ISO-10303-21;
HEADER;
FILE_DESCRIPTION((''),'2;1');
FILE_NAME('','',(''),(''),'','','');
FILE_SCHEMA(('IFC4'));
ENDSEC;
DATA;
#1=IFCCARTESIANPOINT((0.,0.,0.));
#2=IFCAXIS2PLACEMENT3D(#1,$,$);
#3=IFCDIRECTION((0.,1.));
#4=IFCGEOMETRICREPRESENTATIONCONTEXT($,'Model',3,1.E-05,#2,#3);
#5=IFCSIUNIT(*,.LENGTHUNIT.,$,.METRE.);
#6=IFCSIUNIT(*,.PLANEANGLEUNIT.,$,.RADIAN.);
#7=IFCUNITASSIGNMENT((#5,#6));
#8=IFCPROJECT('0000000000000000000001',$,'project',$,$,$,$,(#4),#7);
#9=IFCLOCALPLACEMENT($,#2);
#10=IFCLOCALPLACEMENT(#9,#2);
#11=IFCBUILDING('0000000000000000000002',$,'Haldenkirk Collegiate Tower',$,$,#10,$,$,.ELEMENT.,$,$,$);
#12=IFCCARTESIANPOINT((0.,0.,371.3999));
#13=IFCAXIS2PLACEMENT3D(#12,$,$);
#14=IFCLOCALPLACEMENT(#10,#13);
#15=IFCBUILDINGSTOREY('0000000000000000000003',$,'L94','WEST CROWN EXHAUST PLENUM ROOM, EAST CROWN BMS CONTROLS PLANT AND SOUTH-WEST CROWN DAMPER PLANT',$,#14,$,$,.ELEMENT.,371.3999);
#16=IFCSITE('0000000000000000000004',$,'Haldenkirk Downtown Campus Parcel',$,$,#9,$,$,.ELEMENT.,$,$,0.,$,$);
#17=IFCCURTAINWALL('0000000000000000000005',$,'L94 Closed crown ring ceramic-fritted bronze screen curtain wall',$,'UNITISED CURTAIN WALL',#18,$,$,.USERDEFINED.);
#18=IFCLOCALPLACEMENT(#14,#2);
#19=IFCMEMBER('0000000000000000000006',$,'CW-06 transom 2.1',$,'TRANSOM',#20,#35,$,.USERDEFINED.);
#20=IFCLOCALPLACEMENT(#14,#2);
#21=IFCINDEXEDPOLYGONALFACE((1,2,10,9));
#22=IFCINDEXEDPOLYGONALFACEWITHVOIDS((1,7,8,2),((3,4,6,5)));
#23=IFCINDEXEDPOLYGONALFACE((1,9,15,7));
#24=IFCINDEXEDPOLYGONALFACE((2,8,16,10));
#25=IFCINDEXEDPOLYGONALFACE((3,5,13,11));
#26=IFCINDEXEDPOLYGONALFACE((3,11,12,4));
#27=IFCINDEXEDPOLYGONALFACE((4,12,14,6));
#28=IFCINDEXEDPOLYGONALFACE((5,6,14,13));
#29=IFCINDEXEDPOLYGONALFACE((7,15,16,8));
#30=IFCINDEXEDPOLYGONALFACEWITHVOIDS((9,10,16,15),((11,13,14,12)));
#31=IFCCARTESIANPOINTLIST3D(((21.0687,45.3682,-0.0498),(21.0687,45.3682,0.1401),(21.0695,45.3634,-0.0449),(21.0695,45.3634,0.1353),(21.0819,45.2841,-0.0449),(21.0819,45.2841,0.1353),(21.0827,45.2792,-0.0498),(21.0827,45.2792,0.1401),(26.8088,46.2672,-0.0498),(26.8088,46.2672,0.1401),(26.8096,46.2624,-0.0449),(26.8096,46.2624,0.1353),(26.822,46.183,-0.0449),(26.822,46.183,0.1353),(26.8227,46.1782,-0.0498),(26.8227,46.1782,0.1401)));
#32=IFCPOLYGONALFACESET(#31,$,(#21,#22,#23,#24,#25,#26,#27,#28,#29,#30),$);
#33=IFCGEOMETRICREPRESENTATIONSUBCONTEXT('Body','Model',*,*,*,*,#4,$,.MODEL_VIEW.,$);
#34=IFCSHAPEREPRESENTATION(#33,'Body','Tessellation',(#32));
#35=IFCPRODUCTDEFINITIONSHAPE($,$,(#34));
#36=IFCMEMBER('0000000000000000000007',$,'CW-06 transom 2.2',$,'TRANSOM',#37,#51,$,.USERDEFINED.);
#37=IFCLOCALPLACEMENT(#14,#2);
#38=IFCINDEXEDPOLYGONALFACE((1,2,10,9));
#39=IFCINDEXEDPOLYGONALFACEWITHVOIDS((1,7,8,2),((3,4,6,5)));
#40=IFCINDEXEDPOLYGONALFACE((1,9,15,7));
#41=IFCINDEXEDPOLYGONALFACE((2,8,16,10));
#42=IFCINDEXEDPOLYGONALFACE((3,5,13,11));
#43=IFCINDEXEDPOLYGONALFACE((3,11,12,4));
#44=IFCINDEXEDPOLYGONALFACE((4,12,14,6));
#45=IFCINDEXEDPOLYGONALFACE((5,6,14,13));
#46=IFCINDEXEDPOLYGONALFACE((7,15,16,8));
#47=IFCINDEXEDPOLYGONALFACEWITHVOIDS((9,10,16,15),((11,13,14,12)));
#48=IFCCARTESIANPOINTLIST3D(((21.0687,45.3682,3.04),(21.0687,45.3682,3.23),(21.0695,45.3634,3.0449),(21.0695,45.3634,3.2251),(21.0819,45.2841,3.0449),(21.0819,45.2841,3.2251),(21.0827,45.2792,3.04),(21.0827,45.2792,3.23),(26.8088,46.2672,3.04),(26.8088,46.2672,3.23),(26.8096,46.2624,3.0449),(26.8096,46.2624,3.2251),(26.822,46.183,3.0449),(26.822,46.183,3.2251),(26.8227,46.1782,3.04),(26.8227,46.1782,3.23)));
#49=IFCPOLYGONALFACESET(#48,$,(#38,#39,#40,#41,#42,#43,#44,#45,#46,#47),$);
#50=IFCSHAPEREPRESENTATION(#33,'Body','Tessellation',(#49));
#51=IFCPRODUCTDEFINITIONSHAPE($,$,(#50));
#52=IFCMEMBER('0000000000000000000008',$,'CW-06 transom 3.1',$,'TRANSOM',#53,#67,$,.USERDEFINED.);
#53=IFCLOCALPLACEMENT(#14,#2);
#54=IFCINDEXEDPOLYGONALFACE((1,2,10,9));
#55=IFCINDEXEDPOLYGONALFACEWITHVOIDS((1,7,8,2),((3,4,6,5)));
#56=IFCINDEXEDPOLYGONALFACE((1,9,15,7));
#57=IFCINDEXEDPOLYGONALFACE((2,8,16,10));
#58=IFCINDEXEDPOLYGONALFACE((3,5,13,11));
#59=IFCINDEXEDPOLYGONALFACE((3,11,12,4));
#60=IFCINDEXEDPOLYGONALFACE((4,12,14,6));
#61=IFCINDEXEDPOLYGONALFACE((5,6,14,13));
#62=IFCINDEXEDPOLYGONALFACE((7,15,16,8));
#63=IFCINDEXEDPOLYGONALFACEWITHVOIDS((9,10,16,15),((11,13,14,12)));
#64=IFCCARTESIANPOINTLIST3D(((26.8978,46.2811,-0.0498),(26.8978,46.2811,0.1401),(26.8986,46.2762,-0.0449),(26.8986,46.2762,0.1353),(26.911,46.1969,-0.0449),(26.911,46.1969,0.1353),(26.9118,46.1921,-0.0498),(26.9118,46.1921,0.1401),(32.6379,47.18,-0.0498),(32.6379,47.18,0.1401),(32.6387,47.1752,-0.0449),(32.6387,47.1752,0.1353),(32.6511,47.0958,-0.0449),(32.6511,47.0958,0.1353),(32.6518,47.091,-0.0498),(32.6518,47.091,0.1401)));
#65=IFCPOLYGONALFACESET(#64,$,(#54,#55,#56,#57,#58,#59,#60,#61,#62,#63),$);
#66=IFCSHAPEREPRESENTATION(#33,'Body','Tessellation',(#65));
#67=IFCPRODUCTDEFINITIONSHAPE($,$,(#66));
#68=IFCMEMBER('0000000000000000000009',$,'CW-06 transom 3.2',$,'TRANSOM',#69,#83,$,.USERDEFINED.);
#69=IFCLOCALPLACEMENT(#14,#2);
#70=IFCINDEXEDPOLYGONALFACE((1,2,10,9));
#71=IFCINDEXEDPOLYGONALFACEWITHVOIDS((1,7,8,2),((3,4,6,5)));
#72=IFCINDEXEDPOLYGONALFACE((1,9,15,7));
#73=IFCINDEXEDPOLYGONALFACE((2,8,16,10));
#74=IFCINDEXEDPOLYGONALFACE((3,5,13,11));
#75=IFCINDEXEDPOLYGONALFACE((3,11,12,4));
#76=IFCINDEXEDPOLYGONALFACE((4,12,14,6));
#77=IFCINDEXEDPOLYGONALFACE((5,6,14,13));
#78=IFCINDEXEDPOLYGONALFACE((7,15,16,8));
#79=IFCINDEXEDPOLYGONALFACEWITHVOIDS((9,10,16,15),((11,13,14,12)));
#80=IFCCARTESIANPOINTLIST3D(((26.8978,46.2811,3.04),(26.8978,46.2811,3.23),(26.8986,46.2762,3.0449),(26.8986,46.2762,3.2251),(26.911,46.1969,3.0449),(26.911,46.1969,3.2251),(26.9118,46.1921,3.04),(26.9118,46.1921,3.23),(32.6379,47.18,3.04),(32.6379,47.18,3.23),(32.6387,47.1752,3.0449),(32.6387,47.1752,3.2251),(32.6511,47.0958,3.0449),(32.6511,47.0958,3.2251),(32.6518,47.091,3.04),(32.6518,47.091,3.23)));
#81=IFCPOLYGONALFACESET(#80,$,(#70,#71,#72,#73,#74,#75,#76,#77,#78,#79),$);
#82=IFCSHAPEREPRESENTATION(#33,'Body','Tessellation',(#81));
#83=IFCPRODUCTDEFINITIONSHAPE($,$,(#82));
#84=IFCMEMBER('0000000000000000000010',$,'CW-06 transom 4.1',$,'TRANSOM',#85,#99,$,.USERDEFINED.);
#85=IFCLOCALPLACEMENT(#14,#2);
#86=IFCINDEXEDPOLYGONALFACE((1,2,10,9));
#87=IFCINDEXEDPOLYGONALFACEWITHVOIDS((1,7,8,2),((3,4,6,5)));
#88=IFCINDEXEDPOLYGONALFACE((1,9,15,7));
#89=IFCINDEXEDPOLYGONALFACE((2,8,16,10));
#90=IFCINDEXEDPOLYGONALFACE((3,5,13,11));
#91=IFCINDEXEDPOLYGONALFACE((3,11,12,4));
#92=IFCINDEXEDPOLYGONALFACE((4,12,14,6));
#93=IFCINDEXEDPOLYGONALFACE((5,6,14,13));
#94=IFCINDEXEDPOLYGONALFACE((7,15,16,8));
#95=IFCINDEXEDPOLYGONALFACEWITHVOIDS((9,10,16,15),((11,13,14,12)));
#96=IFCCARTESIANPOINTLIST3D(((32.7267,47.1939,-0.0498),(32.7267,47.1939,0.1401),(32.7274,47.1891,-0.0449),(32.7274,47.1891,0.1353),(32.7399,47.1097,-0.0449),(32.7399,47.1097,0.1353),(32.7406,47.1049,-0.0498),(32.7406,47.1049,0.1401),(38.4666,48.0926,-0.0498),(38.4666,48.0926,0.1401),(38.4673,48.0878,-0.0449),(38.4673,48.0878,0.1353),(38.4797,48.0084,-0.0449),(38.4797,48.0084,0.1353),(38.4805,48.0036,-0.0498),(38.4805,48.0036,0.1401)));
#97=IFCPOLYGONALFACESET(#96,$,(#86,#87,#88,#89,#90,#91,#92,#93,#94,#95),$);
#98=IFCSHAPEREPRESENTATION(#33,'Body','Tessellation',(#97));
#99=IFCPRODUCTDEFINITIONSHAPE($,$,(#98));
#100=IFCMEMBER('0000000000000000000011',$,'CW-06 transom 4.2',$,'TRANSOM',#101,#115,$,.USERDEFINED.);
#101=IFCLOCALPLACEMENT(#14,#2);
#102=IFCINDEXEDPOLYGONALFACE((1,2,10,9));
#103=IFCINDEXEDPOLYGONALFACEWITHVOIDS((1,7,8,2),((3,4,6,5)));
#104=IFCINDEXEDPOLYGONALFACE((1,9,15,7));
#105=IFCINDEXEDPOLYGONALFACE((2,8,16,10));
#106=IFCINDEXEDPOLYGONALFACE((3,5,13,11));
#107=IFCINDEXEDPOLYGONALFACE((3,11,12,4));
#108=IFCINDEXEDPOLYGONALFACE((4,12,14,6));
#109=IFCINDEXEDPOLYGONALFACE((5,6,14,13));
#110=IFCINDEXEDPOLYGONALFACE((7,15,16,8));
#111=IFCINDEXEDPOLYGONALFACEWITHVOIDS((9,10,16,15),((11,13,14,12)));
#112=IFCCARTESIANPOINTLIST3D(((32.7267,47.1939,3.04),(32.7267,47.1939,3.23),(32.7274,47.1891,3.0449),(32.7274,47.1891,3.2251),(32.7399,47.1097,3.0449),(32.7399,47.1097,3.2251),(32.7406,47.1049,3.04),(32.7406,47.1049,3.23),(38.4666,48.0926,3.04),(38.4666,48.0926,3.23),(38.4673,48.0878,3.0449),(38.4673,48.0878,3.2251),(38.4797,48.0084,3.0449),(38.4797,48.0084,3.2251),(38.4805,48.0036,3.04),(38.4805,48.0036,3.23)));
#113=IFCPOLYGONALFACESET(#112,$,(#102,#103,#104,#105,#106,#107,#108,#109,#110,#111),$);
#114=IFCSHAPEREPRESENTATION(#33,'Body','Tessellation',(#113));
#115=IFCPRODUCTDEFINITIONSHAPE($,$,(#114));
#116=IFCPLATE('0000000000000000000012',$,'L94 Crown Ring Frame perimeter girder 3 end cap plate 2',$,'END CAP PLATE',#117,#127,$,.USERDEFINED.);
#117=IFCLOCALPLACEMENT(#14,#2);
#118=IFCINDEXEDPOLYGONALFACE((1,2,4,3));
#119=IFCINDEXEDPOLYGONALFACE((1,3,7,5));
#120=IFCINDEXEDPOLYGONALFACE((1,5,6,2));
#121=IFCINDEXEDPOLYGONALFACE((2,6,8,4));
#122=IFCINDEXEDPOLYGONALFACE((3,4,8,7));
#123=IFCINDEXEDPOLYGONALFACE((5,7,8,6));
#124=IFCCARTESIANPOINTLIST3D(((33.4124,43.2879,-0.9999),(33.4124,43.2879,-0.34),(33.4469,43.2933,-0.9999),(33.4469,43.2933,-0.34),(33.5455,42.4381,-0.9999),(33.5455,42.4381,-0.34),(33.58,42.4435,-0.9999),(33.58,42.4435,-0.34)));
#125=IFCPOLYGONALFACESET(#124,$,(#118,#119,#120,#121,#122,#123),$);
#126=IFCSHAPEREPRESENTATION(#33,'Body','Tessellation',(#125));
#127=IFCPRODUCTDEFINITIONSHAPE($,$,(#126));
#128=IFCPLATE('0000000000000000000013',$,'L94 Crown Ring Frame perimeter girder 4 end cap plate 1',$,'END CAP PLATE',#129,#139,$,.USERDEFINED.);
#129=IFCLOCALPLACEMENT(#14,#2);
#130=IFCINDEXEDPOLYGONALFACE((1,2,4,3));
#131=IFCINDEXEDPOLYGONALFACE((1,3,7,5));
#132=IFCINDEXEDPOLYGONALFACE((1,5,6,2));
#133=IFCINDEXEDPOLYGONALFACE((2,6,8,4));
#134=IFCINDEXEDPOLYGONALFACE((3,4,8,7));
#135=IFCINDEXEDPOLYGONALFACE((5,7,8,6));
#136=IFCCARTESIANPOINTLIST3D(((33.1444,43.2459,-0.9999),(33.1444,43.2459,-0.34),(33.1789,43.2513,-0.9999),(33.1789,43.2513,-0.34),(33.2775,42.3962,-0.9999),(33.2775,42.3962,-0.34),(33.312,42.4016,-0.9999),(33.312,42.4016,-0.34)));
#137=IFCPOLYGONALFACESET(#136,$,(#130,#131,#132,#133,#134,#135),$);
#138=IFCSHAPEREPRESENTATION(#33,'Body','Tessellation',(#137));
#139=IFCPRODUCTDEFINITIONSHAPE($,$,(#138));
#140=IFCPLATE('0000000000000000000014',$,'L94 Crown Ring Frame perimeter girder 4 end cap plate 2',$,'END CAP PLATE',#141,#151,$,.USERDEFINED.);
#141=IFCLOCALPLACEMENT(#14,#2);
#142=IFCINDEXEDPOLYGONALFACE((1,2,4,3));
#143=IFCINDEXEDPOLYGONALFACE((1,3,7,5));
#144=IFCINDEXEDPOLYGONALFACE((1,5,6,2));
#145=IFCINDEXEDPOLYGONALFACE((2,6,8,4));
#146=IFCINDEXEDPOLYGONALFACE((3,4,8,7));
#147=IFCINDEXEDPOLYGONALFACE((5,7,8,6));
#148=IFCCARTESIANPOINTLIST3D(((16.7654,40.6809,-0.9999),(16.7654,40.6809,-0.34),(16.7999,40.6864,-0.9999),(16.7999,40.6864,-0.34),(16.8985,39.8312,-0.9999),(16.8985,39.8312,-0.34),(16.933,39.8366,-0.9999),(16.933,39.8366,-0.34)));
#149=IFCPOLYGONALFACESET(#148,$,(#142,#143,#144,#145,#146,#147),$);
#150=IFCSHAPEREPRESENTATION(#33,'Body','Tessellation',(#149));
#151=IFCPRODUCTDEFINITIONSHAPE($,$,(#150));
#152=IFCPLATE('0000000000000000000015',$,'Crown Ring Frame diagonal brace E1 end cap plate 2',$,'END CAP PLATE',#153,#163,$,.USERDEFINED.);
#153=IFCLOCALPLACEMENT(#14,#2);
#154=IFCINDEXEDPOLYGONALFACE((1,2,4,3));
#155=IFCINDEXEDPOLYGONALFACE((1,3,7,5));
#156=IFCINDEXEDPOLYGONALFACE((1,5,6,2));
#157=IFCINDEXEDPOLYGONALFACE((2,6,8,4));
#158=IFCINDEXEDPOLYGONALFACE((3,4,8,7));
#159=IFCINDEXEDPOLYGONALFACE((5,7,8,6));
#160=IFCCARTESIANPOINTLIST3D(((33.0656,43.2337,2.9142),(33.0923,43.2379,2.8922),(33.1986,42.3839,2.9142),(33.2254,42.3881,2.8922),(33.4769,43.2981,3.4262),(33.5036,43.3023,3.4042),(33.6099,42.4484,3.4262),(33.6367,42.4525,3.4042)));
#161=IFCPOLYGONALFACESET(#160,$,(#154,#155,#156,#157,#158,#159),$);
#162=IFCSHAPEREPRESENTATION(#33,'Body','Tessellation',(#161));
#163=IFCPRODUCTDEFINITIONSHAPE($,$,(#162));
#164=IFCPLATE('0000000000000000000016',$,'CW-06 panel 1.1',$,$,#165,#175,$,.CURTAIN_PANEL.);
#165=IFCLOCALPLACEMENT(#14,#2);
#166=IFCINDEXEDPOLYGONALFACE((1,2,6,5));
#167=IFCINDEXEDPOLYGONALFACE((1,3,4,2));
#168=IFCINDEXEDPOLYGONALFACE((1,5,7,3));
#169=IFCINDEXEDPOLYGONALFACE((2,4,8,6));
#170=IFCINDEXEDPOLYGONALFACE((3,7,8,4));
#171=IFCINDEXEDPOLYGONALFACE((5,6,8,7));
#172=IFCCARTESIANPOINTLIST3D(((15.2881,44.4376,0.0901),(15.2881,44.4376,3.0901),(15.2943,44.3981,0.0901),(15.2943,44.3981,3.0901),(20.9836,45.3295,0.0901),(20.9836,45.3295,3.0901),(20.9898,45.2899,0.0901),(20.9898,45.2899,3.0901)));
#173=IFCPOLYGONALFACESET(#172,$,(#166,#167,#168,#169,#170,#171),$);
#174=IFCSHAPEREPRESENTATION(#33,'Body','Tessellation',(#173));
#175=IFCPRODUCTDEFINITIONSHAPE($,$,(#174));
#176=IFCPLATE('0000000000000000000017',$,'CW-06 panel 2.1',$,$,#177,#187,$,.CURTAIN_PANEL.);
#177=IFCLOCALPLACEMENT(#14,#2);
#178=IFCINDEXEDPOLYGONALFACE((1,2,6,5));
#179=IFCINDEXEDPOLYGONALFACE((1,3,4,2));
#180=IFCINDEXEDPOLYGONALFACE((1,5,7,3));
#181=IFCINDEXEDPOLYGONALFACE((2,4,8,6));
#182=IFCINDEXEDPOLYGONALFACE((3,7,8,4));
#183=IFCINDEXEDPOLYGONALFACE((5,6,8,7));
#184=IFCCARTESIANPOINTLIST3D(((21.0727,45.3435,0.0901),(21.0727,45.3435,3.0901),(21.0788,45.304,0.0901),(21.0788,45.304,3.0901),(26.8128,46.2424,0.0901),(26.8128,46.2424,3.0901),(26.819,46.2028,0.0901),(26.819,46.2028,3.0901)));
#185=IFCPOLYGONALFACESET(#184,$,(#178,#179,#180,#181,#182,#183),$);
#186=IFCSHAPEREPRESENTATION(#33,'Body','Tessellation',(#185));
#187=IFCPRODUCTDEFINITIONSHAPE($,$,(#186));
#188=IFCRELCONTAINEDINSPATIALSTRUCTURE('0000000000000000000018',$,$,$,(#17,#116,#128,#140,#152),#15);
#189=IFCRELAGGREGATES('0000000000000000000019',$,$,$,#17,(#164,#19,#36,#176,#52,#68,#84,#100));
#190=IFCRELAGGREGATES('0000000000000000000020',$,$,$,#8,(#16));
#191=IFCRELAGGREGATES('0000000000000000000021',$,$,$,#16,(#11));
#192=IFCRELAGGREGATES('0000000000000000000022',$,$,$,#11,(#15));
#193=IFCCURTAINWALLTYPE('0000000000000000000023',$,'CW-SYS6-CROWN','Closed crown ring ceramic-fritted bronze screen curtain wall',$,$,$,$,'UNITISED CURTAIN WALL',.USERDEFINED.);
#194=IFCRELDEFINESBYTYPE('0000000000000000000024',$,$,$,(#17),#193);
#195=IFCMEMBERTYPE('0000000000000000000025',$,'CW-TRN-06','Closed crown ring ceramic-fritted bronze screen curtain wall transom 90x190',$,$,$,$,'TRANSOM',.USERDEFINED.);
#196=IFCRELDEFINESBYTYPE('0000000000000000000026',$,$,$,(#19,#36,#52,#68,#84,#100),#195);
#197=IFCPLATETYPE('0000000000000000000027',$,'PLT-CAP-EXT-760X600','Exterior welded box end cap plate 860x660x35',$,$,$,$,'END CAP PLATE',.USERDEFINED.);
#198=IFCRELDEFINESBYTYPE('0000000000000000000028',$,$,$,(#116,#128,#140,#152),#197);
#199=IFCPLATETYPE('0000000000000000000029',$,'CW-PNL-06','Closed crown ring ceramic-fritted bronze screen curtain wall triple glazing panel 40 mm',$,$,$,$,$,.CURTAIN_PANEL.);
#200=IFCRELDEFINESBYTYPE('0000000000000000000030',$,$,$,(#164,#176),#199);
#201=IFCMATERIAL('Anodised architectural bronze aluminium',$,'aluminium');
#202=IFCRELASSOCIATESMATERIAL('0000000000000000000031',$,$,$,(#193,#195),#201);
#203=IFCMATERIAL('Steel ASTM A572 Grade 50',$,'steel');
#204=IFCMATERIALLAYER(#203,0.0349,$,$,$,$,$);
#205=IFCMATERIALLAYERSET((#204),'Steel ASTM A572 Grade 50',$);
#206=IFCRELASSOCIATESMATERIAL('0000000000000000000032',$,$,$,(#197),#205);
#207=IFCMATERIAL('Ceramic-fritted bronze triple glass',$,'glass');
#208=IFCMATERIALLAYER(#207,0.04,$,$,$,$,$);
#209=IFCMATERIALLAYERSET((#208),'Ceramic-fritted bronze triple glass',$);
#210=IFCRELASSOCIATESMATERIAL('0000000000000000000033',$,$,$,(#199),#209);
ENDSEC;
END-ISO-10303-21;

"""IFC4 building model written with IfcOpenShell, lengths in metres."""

from ifc_helpers import new_model, si_unit, direction, frame, origin, origin_2d, place, context, subcontext, project, spatial, rectangle, hollow_rectangle, extrude, source, transform, mapped, material, layer, layer_set, material_profile, profile_set, type_object, element, aggregate, save


model = new_model("IFC4")

# Units and contexts
model_context = context("Model", 3, precision=1e-05, world=origin(), true_north=direction((0.0, 1.0)))
body_context = subcontext(model_context, "Body", "Model", "MODEL_VIEW")
ifc_project = project(units=[si_unit("LENGTHUNIT", "METRE"), si_unit("PLANEANGLEUNIT", "RADIAN")], contexts=[model_context])

# Site, building, storey
site_placement = place(None, origin())
site = spatial("IfcSite", under=ifc_project, at=site_placement, Name="Haldenkirk Downtown Campus Parcel", CompositionType="ELEMENT", RefElevation=0.0)
building_placement = place(site_placement, origin())
building = spatial("IfcBuilding", under=site, at=building_placement, Name="Haldenkirk Collegiate Tower", CompositionType="ELEMENT")
storey_placement = place(building_placement, frame((0.0, 0.0, 371.3999)))
storey = spatial("IfcBuildingStorey", under=building, at=storey_placement, Name="L94", Description="WEST CROWN EXHAUST PLENUM ROOM, EAST CROWN BMS CONTROLS PLANT AND SOUTH-WEST CROWN DAMPER PLANT", CompositionType="ELEMENT", Elevation=371.3999)

# Shared definitions
ifc_material_1 = material(Name="Steel ASTM A572 Grade 50", Category="steel")

# Curtain wall
ifc_material_2 = material(Name="Anodised architectural bronze aluminium", Category="aluminium")
curtain_wall_type = type_object("IfcCurtainWallType", Name="CW-SYS6-CROWN", Description="Closed crown ring ceramic-fritted bronze screen curtain wall", ElementType="UNITISED CURTAIN WALL", PredefinedType="USERDEFINED", material=ifc_material_2)
curtain_wall_1_placement = place(storey_placement, origin())
curtain_wall_1 = element("IfcCurtainWall", 1, at=curtain_wall_1_placement, inside=storey, type_object=curtain_wall_type, Name="L94 Closed crown ring ceramic-fritted bronze screen curtain wall", ObjectType="UNITISED CURTAIN WALL", PredefinedType="USERDEFINED")

# Members
ifc_material_profile_1 = material_profile(ifc_material_2, hollow_rectangle(XDim=0.0901, YDim=0.1899, WallThickness=0.0049, at=origin_2d()), Name="CW-TRN-06")
ifc_profile_set_1 = profile_set([ifc_material_profile_1], Name="Anodised architectural bronze aluminium")
member_type_1 = type_object("IfcMemberType", Name="CW-TRN-06", Description="Closed crown ring ceramic-fritted bronze screen curtain wall transom 90x190", ElementType="TRANSOM", PredefinedType="USERDEFINED", material=ifc_profile_set_1)
member_1_placement = place(storey_placement, frame((21.0757, 45.3237, 0.0452), z_axis=(0.987958, 0.154722, 0.0), x_axis=(-0.154722, 0.987958, 0.0)))
member_1 = element("IfcMember", 2, at=member_1_placement, type_object=member_type_1, Name="CW-06 transom 2.1", ObjectType="TRANSOM", PredefinedType="USERDEFINED", context=body_context, shape_type="SweptSolid", body=[
    extrude(hollow_rectangle(XDim=0.0901, YDim=0.1899, WallThickness=0.0049, at=origin_2d()), origin(), (0.0, 0.0, 1.0), 5.8101),
])
member_2_placement = place(storey_placement, frame((21.0757, 45.3237, 3.135), z_axis=(0.987958, 0.154722, 0.0), x_axis=(-0.154722, 0.987958, 0.0)))
member_2 = element("IfcMember", 3, at=member_2_placement, type_object=member_type_1, Name="CW-06 transom 2.2", ObjectType="TRANSOM", PredefinedType="USERDEFINED", context=body_context, shape_type="SweptSolid", body=[
    extrude(hollow_rectangle(XDim=0.0901, YDim=0.1899, WallThickness=0.0049, at=origin_2d()), origin(), (0.0, 0.0, 1.0), 5.8101),
])
member_3_placement = place(storey_placement, frame((26.9048, 46.2366, 0.0452), z_axis=(0.987958, 0.154722, 0.0), x_axis=(-0.154722, 0.987958, 0.0)))
member_3 = element("IfcMember", 4, at=member_3_placement, type_object=member_type_1, Name="CW-06 transom 3.1", ObjectType="TRANSOM", PredefinedType="USERDEFINED", context=body_context, shape_type="SweptSolid", body=[
    extrude(hollow_rectangle(XDim=0.0901, YDim=0.1899, WallThickness=0.0049, at=origin_2d()), origin(), (0.0, 0.0, 1.0), 5.8101),
])
member_4_placement = place(storey_placement, frame((26.9048, 46.2366, 3.135), z_axis=(0.987958, 0.154722, 0.0), x_axis=(-0.154722, 0.987958, 0.0)))
member_4 = element("IfcMember", 5, at=member_4_placement, type_object=member_type_1, Name="CW-06 transom 3.2", ObjectType="TRANSOM", PredefinedType="USERDEFINED", context=body_context, shape_type="SweptSolid", body=[
    extrude(hollow_rectangle(XDim=0.0901, YDim=0.1899, WallThickness=0.0049, at=origin_2d()), origin(), (0.0, 0.0, 1.0), 5.8101),
])
member_5_placement = place(storey_placement, frame((32.7336, 47.1494, 0.0452), z_axis=(0.987965, 0.154681, 0.0), x_axis=(-0.154681, 0.987965, 0.0)))
member_5 = element("IfcMember", 6, at=member_5_placement, type_object=member_type_1, Name="CW-06 transom 4.1", ObjectType="TRANSOM", PredefinedType="USERDEFINED", context=body_context, shape_type="SweptSolid", body=[
    extrude(hollow_rectangle(XDim=0.0901, YDim=0.1899, WallThickness=0.0049, at=origin_2d()), origin(), (0.0, 0.0, 1.0), 5.8098),
])
member_6_placement = place(storey_placement, frame((32.7336, 47.1494, 3.135), z_axis=(0.987965, 0.154681, 0.0), x_axis=(-0.154681, 0.987965, 0.0)))
member_6 = element("IfcMember", 7, at=member_6_placement, type_object=member_type_1, Name="CW-06 transom 4.2", ObjectType="TRANSOM", PredefinedType="USERDEFINED", context=body_context, shape_type="SweptSolid", body=[
    extrude(hollow_rectangle(XDim=0.0901, YDim=0.1899, WallThickness=0.0049, at=origin_2d()), origin(), (0.0, 0.0, 1.0), 5.8098),
])

# Plates
ifc_layer_1 = layer(ifc_material_1, 0.0349)
ifc_layer_set_1 = layer_set([ifc_layer_1], Name="Steel ASTM A572 Grade 50")
plate_type_1 = type_object("IfcPlateType", Name="PLT-CAP-EXT-760X600", Description="Exterior welded box end cap plate 860x660x35", ElementType="END CAP PLATE", PredefinedType="USERDEFINED", material=ifc_layer_set_1)
shared_shape_1 = source(origin(), body_context, "Body", "SweptSolid", [
    extrude(rectangle(XDim=0.8601, YDim=0.6599, at=origin_2d()), origin(), (0.0, 0.0, 1.0), 0.0349),
])
for number, where, z_axis, x_axis, name in (
    (8, (33.5134, 42.8684, -0.6699), (-0.987959, -0.154713, 0.0), (0.154713, -0.987959, 0.0), "L94 Crown Ring Frame perimeter girder 3 end cap plate 2"),
    (9, (33.2109, 42.821, -0.6699), (0.987959, 0.154713, 0.0), (-0.154713, 0.987959, 0.0), "L94 Crown Ring Frame perimeter girder 4 end cap plate 1"),
    (10, (16.8665, 40.2615, -0.6699), (-0.987959, -0.154713, 0.0), (0.154713, -0.987959, 0.0), "L94 Crown Ring Frame perimeter girder 4 end cap plate 2"),
    (11, (33.3645, 42.8452, 3.1482), (-0.76656, -0.120042, 0.630853), (0.154712, -0.98796, 0.0), "Crown Ring Frame diagonal brace E1 end cap plate 2"),
):
    element("IfcPlate", number, at=place(storey_placement, frame(where, z_axis=z_axis, x_axis=x_axis)), inside=storey, type_object=plate_type_1, Name=name, ObjectType="END CAP PLATE", PredefinedType="USERDEFINED", context=body_context, shape_type="MappedRepresentation", body=[
        mapped(shared_shape_1, transform((0.0, 0.0, 0.0), x_axis=(1.0, 0.0, 0.0), y_axis=(0.0, 1.0, 0.0), z_axis=(0.0, 0.0, 1.0), scale=1.0)),
    ])

# Plates
ifc_material_3 = material(Name="Ceramic-fritted bronze triple glass", Category="glass")
ifc_layer_2 = layer(ifc_material_3, 0.04)
ifc_layer_set_2 = layer_set([ifc_layer_2], Name="Ceramic-fritted bronze triple glass")
plate_type_2 = type_object("IfcPlateType", Name="CW-PNL-06", Description="Closed crown ring ceramic-fritted bronze screen curtain wall triple glazing panel 40 mm", PredefinedType="CURTAIN_PANEL", material=ifc_layer_set_2)
shared_shape_2 = source(origin(), body_context, "Body", "SweptSolid", [
    extrude(rectangle(XDim=5.7649, YDim=0.04, at=origin_2d()), origin(), (0.0, 0.0, 1.0), 3.0),
])
plate_1_placement = place(storey_placement, frame((18.1389, 44.8638, 0.0901), z_axis=(0.0, 0.0, 1.0), x_axis=(0.98796, 0.154709, 0.0)))
plate_1 = element("IfcPlate", 12, at=plate_1_placement, type_object=plate_type_2, Name="CW-06 panel 1.1", PredefinedType="CURTAIN_PANEL", context=body_context, shape_type="MappedRepresentation", body=[
    mapped(shared_shape_2, transform((0.0, 0.0, 0.0), x_axis=(1.0, 0.0, 0.0), y_axis=(0.0, 1.0, 0.0), z_axis=(0.0, 0.0, 1.0), scale=1.0)),
])
shared_shape_3 = source(origin(), body_context, "Body", "SweptSolid", [
    extrude(rectangle(XDim=5.8101, YDim=0.04, at=origin_2d()), origin(), (0.0, 0.0, 1.0), 3.0),
])
plate_2_placement = place(storey_placement, frame((23.9458, 45.7732, 0.0901), z_axis=(0.0, 0.0, 1.0), x_axis=(0.98796, 0.154709, 0.0)))
plate_2 = element("IfcPlate", 13, at=plate_2_placement, type_object=plate_type_2, Name="CW-06 panel 2.1", PredefinedType="CURTAIN_PANEL", context=body_context, shape_type="MappedRepresentation", body=[
    mapped(shared_shape_3, transform((0.0, 0.0, 0.0), x_axis=(1.0, 0.0, 0.0), y_axis=(0.0, 1.0, 0.0), z_axis=(0.0, 0.0, 1.0), scale=1.0)),
])
aggregate(curtain_wall_1, [plate_1, member_1, member_2, plate_2, member_3, member_4, member_5, member_6])

save(model, "model.ifc")
